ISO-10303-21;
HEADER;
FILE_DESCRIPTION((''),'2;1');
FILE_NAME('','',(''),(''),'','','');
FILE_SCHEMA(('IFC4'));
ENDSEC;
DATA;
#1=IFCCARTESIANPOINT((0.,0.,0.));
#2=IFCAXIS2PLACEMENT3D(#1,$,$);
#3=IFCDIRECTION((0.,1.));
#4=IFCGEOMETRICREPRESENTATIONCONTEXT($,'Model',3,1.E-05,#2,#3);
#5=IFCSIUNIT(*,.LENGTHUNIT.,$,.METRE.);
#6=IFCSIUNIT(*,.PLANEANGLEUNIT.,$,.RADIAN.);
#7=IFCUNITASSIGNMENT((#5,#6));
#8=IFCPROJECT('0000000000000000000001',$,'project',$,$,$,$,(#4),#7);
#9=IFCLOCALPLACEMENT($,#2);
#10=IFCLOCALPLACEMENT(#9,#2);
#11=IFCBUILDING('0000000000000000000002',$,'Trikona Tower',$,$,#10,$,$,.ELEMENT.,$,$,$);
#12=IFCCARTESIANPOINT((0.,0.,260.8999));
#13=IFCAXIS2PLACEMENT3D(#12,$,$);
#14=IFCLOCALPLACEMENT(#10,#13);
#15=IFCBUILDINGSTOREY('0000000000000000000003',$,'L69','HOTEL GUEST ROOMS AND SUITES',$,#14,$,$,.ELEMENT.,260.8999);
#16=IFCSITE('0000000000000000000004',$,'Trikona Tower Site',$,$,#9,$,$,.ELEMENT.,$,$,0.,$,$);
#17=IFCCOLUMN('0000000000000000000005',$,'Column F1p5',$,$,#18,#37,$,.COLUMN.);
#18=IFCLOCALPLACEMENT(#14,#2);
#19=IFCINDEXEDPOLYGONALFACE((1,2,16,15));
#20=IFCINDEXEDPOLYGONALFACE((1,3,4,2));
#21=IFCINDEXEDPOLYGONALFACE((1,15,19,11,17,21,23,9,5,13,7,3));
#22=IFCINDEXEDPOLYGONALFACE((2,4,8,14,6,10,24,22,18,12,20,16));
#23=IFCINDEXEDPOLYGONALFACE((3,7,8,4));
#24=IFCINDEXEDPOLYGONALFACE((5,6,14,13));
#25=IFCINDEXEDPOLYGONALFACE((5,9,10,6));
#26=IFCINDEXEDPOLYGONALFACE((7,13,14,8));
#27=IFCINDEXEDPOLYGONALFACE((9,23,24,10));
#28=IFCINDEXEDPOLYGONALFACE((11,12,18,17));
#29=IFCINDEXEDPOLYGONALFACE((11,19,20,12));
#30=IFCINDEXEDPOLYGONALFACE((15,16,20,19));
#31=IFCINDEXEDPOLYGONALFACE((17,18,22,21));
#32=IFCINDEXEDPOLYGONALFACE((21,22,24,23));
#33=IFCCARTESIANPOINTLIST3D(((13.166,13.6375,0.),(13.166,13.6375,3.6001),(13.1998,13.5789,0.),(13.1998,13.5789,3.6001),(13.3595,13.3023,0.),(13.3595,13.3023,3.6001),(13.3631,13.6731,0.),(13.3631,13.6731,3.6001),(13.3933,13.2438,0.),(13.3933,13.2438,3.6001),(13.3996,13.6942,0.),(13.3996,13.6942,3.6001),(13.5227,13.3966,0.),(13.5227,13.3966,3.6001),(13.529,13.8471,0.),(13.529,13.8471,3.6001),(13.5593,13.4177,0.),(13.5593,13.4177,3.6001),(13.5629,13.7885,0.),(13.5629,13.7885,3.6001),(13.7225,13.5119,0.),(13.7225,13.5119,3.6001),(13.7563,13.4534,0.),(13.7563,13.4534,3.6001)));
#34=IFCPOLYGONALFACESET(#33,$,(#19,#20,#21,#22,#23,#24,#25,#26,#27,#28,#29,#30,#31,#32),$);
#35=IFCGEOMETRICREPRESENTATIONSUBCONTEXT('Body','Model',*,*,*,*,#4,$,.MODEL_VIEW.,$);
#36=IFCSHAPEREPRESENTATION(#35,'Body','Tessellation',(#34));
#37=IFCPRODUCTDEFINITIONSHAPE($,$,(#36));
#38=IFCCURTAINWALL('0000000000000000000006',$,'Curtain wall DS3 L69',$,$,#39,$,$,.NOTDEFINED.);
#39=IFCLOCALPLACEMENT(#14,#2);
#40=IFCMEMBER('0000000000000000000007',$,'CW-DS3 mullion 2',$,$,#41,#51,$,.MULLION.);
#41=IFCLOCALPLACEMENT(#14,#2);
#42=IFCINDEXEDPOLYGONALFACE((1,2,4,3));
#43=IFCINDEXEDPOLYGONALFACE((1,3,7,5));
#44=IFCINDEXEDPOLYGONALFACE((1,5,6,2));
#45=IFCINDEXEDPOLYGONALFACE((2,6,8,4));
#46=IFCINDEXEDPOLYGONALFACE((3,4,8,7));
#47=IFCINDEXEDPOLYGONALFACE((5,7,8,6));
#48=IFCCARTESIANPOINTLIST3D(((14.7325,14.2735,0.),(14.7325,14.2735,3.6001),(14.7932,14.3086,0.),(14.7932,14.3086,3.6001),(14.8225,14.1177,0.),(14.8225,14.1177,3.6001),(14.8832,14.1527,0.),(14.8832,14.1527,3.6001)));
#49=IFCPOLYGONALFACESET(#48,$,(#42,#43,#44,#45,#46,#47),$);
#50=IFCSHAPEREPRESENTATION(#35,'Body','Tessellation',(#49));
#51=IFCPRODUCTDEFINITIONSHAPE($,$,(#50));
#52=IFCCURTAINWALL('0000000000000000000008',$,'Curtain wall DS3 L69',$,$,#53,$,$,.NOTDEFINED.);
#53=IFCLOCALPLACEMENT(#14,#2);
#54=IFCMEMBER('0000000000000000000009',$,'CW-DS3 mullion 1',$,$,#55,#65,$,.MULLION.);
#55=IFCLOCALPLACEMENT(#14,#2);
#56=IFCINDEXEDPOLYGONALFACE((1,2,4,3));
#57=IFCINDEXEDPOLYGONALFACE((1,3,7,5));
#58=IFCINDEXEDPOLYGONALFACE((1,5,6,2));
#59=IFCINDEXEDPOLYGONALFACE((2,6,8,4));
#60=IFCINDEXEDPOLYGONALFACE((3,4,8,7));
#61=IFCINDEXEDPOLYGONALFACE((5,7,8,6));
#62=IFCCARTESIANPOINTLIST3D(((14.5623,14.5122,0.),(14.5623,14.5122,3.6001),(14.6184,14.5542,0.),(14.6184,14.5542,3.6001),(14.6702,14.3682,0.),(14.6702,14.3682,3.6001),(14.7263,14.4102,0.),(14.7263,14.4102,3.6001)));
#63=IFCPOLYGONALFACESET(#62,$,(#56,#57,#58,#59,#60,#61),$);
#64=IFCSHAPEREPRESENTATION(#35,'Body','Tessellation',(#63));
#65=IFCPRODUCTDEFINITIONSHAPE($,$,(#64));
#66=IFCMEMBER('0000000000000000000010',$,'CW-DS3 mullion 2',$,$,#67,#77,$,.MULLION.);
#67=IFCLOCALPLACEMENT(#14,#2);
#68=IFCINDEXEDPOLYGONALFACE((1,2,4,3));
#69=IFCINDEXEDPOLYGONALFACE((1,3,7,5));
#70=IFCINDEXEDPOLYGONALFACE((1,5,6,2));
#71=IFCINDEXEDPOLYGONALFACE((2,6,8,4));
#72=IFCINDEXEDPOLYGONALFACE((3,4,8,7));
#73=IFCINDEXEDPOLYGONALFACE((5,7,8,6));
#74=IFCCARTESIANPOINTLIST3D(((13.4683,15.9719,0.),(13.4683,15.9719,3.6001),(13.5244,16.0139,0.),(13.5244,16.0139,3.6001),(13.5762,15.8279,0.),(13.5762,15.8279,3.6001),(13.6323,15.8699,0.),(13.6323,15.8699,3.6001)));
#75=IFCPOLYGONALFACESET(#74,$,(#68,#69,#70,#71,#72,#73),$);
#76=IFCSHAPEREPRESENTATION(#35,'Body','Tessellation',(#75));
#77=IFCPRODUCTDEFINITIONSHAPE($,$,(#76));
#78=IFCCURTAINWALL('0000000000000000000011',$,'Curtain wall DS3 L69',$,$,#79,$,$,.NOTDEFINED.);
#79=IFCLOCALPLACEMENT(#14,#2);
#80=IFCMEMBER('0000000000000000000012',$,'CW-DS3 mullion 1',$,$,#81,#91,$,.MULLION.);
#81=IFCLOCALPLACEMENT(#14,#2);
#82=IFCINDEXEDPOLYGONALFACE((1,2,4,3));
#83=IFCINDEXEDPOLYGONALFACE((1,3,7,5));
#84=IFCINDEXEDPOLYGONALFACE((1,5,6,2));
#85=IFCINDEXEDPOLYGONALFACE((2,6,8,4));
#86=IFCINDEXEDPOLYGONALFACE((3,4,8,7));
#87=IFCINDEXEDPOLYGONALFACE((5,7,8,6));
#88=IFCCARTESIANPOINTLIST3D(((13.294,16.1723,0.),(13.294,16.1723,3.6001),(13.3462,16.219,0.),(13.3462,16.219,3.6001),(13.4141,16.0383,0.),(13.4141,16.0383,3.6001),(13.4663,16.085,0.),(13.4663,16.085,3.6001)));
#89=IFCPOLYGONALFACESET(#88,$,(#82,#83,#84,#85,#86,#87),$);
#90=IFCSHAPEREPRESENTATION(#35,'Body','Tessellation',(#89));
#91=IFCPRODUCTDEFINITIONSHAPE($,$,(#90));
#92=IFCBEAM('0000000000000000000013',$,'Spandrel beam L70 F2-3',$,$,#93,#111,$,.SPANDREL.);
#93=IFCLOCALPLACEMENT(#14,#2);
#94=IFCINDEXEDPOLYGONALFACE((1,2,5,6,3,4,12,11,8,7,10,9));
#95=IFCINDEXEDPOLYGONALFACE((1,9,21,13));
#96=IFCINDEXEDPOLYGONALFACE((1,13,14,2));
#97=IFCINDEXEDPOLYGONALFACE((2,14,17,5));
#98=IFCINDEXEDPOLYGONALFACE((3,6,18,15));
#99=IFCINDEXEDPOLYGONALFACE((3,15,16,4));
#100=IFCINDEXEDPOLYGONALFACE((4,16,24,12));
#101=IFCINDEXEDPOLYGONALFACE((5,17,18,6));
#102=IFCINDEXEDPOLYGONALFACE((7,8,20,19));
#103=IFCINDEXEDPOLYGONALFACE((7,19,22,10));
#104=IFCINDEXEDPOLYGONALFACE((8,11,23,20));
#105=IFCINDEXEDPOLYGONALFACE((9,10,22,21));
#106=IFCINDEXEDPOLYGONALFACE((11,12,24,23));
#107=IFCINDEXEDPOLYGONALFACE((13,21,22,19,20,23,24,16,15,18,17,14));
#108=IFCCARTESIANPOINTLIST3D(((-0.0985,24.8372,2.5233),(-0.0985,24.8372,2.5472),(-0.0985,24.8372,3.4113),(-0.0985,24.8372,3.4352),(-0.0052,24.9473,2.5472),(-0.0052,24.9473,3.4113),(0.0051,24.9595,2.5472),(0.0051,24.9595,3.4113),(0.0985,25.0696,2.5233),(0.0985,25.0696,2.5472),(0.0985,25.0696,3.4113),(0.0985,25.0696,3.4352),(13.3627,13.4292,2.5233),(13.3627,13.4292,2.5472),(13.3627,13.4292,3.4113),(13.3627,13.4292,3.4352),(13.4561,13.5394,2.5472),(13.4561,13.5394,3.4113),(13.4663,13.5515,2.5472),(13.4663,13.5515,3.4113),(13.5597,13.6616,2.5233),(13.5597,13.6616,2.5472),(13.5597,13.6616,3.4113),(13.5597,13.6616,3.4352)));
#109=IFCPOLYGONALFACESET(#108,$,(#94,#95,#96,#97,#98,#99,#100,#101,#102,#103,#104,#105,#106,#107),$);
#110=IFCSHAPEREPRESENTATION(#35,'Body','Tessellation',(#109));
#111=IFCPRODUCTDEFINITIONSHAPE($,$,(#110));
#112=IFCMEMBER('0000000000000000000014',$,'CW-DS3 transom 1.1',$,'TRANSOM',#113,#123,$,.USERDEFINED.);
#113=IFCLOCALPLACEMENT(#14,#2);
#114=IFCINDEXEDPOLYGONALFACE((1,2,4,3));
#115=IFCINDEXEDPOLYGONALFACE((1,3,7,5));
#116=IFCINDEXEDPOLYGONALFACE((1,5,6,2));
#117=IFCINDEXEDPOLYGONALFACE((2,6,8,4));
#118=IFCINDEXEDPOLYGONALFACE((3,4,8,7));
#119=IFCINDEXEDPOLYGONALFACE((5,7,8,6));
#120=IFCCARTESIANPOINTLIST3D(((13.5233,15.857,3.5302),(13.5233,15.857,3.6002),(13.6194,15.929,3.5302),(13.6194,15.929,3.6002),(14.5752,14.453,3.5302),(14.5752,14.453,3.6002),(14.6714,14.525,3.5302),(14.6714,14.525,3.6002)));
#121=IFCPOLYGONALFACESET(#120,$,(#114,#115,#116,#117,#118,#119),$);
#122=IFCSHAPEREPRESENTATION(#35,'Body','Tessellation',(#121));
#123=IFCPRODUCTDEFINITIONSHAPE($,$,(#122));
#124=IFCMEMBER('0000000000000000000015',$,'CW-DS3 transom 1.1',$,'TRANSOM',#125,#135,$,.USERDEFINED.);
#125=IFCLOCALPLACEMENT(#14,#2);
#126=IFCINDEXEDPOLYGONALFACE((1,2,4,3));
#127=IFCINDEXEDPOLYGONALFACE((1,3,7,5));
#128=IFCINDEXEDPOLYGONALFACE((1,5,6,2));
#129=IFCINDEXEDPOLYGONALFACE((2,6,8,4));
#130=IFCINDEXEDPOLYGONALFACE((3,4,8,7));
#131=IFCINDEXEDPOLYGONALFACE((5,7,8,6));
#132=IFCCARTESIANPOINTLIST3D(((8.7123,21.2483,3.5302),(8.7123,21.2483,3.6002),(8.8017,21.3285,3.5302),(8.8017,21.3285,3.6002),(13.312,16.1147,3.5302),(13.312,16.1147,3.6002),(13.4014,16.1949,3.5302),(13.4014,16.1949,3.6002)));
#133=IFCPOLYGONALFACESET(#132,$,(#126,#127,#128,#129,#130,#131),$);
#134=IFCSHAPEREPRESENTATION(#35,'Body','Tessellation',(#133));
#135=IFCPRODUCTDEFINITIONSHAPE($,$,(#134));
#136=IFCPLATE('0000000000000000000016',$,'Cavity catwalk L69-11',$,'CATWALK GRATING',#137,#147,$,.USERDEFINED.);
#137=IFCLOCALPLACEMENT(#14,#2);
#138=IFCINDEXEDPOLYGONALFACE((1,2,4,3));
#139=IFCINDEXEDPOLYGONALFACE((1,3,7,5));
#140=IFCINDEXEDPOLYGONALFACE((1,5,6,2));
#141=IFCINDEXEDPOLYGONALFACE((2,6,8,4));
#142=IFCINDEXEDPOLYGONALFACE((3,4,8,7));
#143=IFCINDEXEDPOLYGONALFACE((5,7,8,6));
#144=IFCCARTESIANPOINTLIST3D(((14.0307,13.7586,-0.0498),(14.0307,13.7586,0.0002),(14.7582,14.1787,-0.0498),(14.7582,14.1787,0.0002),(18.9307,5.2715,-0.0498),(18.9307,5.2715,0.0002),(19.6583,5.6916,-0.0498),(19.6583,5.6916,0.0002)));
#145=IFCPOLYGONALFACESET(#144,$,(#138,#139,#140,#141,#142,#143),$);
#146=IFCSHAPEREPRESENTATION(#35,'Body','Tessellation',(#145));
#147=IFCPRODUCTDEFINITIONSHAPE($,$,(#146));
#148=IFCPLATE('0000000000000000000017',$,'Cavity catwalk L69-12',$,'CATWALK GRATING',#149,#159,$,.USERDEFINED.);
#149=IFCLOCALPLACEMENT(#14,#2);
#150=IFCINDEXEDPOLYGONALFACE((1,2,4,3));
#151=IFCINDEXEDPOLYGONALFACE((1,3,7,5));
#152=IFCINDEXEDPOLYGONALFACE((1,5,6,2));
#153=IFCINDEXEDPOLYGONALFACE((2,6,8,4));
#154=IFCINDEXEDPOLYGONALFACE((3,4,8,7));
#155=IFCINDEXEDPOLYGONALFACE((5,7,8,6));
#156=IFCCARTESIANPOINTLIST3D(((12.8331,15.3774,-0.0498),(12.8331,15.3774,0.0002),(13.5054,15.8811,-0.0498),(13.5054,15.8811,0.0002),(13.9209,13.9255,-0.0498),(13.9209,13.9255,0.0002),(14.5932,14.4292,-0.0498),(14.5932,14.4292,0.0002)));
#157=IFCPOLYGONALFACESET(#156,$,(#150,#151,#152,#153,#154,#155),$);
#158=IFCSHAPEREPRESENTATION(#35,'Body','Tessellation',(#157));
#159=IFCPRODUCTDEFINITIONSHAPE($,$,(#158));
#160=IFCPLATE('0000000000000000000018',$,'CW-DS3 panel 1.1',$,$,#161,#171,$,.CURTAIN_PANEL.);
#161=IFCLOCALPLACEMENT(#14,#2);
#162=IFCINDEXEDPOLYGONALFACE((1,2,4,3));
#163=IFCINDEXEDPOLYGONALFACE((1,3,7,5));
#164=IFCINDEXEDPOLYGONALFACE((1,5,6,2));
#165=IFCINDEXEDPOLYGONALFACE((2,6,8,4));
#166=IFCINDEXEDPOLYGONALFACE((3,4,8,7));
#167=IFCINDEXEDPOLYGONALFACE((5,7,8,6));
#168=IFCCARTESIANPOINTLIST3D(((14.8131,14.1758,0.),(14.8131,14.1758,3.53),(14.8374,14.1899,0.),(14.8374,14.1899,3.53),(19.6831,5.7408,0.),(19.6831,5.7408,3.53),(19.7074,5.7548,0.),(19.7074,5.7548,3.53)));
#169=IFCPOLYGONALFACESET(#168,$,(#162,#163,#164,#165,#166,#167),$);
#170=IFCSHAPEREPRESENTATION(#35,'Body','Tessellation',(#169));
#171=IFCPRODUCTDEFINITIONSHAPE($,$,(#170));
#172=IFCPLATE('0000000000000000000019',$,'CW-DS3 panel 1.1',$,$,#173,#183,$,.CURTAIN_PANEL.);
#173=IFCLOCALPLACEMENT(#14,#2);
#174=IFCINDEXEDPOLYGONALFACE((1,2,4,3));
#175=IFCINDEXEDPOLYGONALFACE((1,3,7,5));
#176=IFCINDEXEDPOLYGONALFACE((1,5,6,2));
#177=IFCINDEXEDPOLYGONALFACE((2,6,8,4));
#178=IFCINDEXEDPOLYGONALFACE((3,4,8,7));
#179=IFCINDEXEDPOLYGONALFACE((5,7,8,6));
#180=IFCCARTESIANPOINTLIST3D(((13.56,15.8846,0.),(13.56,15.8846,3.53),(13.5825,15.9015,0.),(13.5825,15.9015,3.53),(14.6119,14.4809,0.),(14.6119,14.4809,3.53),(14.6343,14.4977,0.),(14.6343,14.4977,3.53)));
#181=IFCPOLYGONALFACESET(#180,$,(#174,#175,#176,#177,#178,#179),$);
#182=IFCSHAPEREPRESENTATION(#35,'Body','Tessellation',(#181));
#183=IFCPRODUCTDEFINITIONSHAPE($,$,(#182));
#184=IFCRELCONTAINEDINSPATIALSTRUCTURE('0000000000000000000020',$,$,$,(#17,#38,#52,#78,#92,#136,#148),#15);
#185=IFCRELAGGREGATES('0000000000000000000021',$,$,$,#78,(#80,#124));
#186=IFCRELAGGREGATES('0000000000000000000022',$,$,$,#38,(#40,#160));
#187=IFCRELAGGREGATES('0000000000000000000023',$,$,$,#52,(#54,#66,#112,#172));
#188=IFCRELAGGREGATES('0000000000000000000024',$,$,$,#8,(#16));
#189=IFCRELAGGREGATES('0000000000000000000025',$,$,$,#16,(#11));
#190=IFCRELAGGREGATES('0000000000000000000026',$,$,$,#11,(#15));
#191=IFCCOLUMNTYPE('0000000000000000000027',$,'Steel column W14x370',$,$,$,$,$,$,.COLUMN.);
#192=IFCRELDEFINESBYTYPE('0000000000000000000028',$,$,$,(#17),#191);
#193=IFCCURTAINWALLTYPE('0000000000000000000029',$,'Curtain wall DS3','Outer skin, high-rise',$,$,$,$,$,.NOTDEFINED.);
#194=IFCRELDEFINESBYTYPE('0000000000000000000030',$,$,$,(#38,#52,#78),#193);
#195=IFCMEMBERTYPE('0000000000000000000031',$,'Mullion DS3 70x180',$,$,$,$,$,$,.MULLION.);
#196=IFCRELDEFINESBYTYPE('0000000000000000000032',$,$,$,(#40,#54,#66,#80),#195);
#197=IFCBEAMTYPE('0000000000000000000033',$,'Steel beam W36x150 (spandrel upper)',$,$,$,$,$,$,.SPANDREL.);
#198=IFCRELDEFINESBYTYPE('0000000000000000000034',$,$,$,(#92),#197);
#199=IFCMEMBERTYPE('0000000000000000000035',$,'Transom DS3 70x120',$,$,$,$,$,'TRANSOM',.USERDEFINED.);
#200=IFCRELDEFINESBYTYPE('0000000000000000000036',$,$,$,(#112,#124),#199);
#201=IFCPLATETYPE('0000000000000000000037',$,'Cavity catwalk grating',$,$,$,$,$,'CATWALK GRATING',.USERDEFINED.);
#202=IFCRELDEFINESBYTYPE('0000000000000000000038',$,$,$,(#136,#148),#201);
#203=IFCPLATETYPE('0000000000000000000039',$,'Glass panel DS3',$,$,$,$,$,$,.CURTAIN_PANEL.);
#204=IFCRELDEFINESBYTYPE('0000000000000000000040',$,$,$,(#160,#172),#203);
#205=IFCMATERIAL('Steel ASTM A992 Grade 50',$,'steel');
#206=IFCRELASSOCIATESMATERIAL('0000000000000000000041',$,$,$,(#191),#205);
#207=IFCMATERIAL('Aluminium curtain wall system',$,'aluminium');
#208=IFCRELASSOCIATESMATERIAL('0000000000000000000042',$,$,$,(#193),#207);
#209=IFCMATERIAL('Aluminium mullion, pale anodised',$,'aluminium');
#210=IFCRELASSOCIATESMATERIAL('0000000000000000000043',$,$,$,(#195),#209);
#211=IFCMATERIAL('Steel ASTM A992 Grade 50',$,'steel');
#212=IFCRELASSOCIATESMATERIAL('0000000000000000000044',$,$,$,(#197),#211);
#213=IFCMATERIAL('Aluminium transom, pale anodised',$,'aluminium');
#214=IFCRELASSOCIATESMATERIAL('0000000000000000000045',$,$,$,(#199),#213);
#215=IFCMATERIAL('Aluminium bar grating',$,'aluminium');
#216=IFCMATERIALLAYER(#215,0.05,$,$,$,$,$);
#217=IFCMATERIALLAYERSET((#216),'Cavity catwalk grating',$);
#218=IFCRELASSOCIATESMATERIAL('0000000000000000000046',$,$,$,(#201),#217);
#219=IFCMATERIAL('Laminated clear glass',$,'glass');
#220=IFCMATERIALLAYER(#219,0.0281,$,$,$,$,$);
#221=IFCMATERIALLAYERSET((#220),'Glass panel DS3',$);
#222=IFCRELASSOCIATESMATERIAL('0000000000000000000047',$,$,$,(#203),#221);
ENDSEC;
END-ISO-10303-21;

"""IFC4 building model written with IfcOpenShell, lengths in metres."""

from ifc_helpers import new_model, si_unit, direction, frame, origin, origin_2d, place, context, subcontext, project, spatial, rectangle, i_section, extrude, material, layer, layer_set, material_profile, profile_set, type_object, element, aggregate, save


model = new_model("IFC4")

# Units and contexts
model_context = context("Model", 3, precision=1e-05, world=origin(), true_north=direction((0.0, 1.0)))
body_context = subcontext(model_context, "Body", "Model", "MODEL_VIEW")
ifc_project = project(units=[si_unit("LENGTHUNIT", "METRE"), si_unit("PLANEANGLEUNIT", "RADIAN")], contexts=[model_context])

# Site, building, storey
site_placement = place(None, origin())
site = spatial("IfcSite", under=ifc_project, at=site_placement, Name="Trikona Tower Site", CompositionType="ELEMENT", RefElevation=0.0)
building_placement = place(site_placement, origin())
building = spatial("IfcBuilding", under=site, at=building_placement, Name="Trikona Tower", CompositionType="ELEMENT")
storey_placement = place(building_placement, frame((0.0, 0.0, 260.8999)))
storey = spatial("IfcBuildingStorey", under=building, at=storey_placement, Name="L69", Description="HOTEL GUEST ROOMS AND SUITES", CompositionType="ELEMENT", Elevation=260.8999)

# Column
ifc_material_1 = material(Name="Steel ASTM A992 Grade 50", Category="steel")
ifc_material_profile_1 = material_profile(ifc_material_1, i_section(OverallWidth=0.4192, OverallDepth=0.4546, WebThickness=0.0422, FlangeThickness=0.0676, at=origin_2d()), Name="W14X370")
ifc_profile_set_1 = profile_set([ifc_material_profile_1], Name="Steel ASTM A992 Grade 50")
column_type = type_object("IfcColumnType", Name="Steel column W14x370", PredefinedType="COLUMN", material=ifc_profile_set_1)
column_placement = place(storey_placement, frame((13.4612, 13.5454, 0.0), z_axis=(0.0, 0.0, 1.0), x_axis=(0.866025, 0.5, 0.0)))
element("IfcColumn", 1, at=column_placement, inside=storey, type_object=column_type, Name="Column F1p5", PredefinedType="COLUMN", context=body_context, shape_type="SweptSolid", body=[
    extrude(i_section(OverallWidth=0.4192, OverallDepth=0.4546, WebThickness=0.0422, FlangeThickness=0.0676, at=origin_2d()), origin(), (0.0, 0.0, 1.0), 3.6001),
])

# Curtain wall, member
ifc_material_2 = material(Name="Aluminium curtain wall system", Category="aluminium")
curtain_wall_type = type_object("IfcCurtainWallType", Name="Curtain wall DS3", Description="Outer skin, high-rise", PredefinedType="NOTDEFINED", material=ifc_material_2)
curtain_wall_1_placement = place(storey_placement, origin())
curtain_wall_1 = element("IfcCurtainWall", 2, at=curtain_wall_1_placement, inside=storey, type_object=curtain_wall_type, Name="Curtain wall DS3 L69", PredefinedType="NOTDEFINED")
ifc_material_3 = material(Name="Aluminium mullion, pale anodised", Category="aluminium")
ifc_material_profile_2 = material_profile(ifc_material_3, rectangle(XDim=0.0701, YDim=0.1799, at=origin_2d()), Name="MUL-DS3")
ifc_profile_set_2 = profile_set([ifc_material_profile_2], Name="Aluminium mullion, pale anodised")
member_type_1 = type_object("IfcMemberType", Name="Mullion DS3 70x180", PredefinedType="MULLION", material=ifc_profile_set_2)
member_1_placement = place(storey_placement, frame((14.8079, 14.2131, 0.0), z_axis=(0.0, 0.0, 1.0), x_axis=(-0.866025, -0.500001, 0.0)))
member_1 = element("IfcMember", 3, at=member_1_placement, type_object=member_type_1, Name="CW-DS3 mullion 2", PredefinedType="MULLION", context=body_context, shape_type="SweptSolid", body=[
    extrude(rectangle(XDim=0.0701, YDim=0.1799, at=origin_2d()), origin(), (0.0, 0.0, 1.0), 3.6001),
])

# Curtain wall, members
curtain_wall_2_placement = place(storey_placement, origin())
curtain_wall_2 = element("IfcCurtainWall", 4, at=curtain_wall_2_placement, inside=storey, type_object=curtain_wall_type, Name="Curtain wall DS3 L69", PredefinedType="NOTDEFINED")
member_2_placement = place(storey_placement, frame((14.6443, 14.4612, 0.0), z_axis=(0.0, 0.0, 1.0), x_axis=(-0.80026, -0.599654, 0.0)))
member_2 = element("IfcMember", 5, at=member_2_placement, type_object=member_type_1, Name="CW-DS3 mullion 1", PredefinedType="MULLION", context=body_context, shape_type="SweptSolid", body=[
    extrude(rectangle(XDim=0.0701, YDim=0.1799, at=origin_2d()), origin(), (0.0, 0.0, 1.0), 3.6001),
])
member_3_placement = place(storey_placement, frame((13.5503, 15.9209, 0.0), z_axis=(0.0, 0.0, 1.0), x_axis=(-0.80026, -0.599654, 0.0)))
member_3 = element("IfcMember", 6, at=member_3_placement, type_object=member_type_1, Name="CW-DS3 mullion 2", PredefinedType="MULLION", context=body_context, shape_type="SweptSolid", body=[
    extrude(rectangle(XDim=0.0701, YDim=0.1799, at=origin_2d()), origin(), (0.0, 0.0, 1.0), 3.6001),
])

# Curtain wall, member
curtain_wall_3_placement = place(storey_placement, origin())
curtain_wall_3 = element("IfcCurtainWall", 7, at=curtain_wall_3_placement, inside=storey, type_object=curtain_wall_type, Name="Curtain wall DS3 L69", PredefinedType="NOTDEFINED")
member_4_placement = place(storey_placement, frame((13.3801, 16.1287, 0.0), z_axis=(0.0, 0.0, 1.0), x_axis=(-0.744771, -0.66732, 0.0)))
member_4 = element("IfcMember", 8, at=member_4_placement, type_object=member_type_1, Name="CW-DS3 mullion 1", PredefinedType="MULLION", context=body_context, shape_type="SweptSolid", body=[
    extrude(rectangle(XDim=0.0701, YDim=0.1799, at=origin_2d()), origin(), (0.0, 0.0, 1.0), 3.6001),
])

# Beam
ifc_material_4 = material(Name="Steel ASTM A992 Grade 50", Category="steel")
ifc_material_profile_3 = material_profile(ifc_material_4, i_section(OverallWidth=0.3047, OverallDepth=0.9119, WebThickness=0.0159, FlangeThickness=0.0239, at=origin_2d()), Name="W36X150")
ifc_profile_set_3 = profile_set([ifc_material_profile_3], Name="Steel ASTM A992 Grade 50")
beam_type = type_object("IfcBeamType", Name="Steel beam W36x150 (spandrel upper)", PredefinedType="SPANDREL", material=ifc_profile_set_3)
beam_placement = place(storey_placement, frame((13.4612, 13.5454, 2.9792), z_axis=(-0.762891, 0.646528, 0.0), x_axis=(-0.646528, -0.762891, 0.0)))
element("IfcBeam", 9, at=beam_placement, inside=storey, type_object=beam_type, Name="Spandrel beam L70 F2-3", PredefinedType="SPANDREL", context=body_context, shape_type="SweptSolid", body=[
    extrude(i_section(OverallWidth=0.3047, OverallDepth=0.9119, WebThickness=0.0159, FlangeThickness=0.0239, at=origin_2d()), origin(), (0.0, 0.0, 1.0), 17.645),
])

# Members
ifc_material_5 = material(Name="Aluminium transom, pale anodised", Category="aluminium")
ifc_material_profile_4 = material_profile(ifc_material_5, rectangle(XDim=0.1201, YDim=0.0701, at=origin_2d()), Name="TRN-DS3")
ifc_profile_set_4 = profile_set([ifc_material_profile_4], Name="Aluminium transom, pale anodised")
member_type_2 = type_object("IfcMemberType", Name="Transom DS3 70x120", ElementType="TRANSOM", PredefinedType="USERDEFINED", material=ifc_profile_set_4)
member_5_placement = place(storey_placement, frame((14.6233, 14.489, 3.5652), z_axis=(-0.599621, 0.800284, 0.0), x_axis=(-0.800284, -0.599621, 0.0)))
member_5 = element("IfcMember", 10, at=member_5_placement, type_object=member_type_2, Name="CW-DS3 transom 1.1", ObjectType="TRANSOM", PredefinedType="USERDEFINED", context=body_context, shape_type="SweptSolid", body=[
    extrude(rectangle(XDim=0.1201, YDim=0.0701, at=origin_2d()), origin(), (0.0, 0.0, 1.0), 1.7544),
])
member_6_placement = place(storey_placement, frame((13.3567, 16.1548, 3.5652), z_axis=(-0.667313, 0.744777, 0.0), x_axis=(-0.744777, -0.667313, 0.0)))
member_6 = element("IfcMember", 11, at=member_6_placement, type_object=member_type_2, Name="CW-DS3 transom 1.1", ObjectType="TRANSOM", PredefinedType="USERDEFINED", context=body_context, shape_type="SweptSolid", body=[
    extrude(rectangle(XDim=0.1201, YDim=0.0701, at=origin_2d()), origin(), (0.0, 0.0, 1.0), 6.8928),
])
aggregate(curtain_wall_3, [member_4, member_6])

# Plates
ifc_material_6 = material(Name="Aluminium bar grating", Category="aluminium")
ifc_layer_1 = layer(ifc_material_6, 0.05)
ifc_layer_set_1 = layer_set([ifc_layer_1], Name="Cavity catwalk grating")
plate_type_1 = type_object("IfcPlateType", Name="Cavity catwalk grating", ElementType="CATWALK GRATING", PredefinedType="USERDEFINED", material=ifc_layer_set_1)
plate_1_placement = place(storey_placement, frame((16.8445, 9.7251, -0.0498), z_axis=(0.0, 0.0, 1.0), x_axis=(-0.499998, 0.866026, 0.0)))
element("IfcPlate", 12, at=plate_1_placement, inside=storey, type_object=plate_type_1, Name="Cavity catwalk L69-11", ObjectType="CATWALK GRATING", PredefinedType="USERDEFINED", context=body_context, shape_type="SweptSolid", body=[
    extrude(rectangle(XDim=9.8, YDim=0.8401, at=origin_2d()), origin(), (0.0, 0.0, 1.0), 0.05),
])
plate_2_placement = place(storey_placement, frame((13.7131, 14.9033, -0.0498), z_axis=(0.0, 0.0, 1.0), x_axis=(-0.599619, 0.800286, 0.0)))
element("IfcPlate", 13, at=plate_2_placement, inside=storey, type_object=plate_type_1, Name="Cavity catwalk L69-12", ObjectType="CATWALK GRATING", PredefinedType="USERDEFINED", context=body_context, shape_type="SweptSolid", body=[
    extrude(rectangle(XDim=1.8142, YDim=0.8401, at=origin_2d()), origin(), (0.0, 0.0, 1.0), 0.05),
])

# Plates
ifc_material_7 = material(Name="Laminated clear glass", Category="glass")
ifc_layer_2 = layer(ifc_material_7, 0.0281)
ifc_layer_set_2 = layer_set([ifc_layer_2], Name="Glass panel DS3")
plate_type_2 = type_object("IfcPlateType", Name="Glass panel DS3", PredefinedType="CURTAIN_PANEL", material=ifc_layer_set_2)
plate_3_placement = place(storey_placement, frame((17.2603, 9.9653, 0.0), z_axis=(0.0, 0.0, 1.0), x_axis=(-0.500001, 0.866025, 0.0)))
plate_3 = element("IfcPlate", 14, at=plate_3_placement, type_object=plate_type_2, Name="CW-DS3 panel 1.1", PredefinedType="CURTAIN_PANEL", context=body_context, shape_type="SweptSolid", body=[
    extrude(rectangle(XDim=9.74, YDim=0.0281, at=origin_2d()), origin(), (0.0, 0.0, 1.0), 3.53),
])
aggregate(curtain_wall_1, [member_1, plate_3])
plate_4_placement = place(storey_placement, frame((14.0972, 15.1912, 0.0), z_axis=(0.0, 0.0, 1.0), x_axis=(-0.599654, 0.80026, 0.0)))
plate_4 = element("IfcPlate", 15, at=plate_4_placement, type_object=plate_type_2, Name="CW-DS3 panel 1.1", PredefinedType="CURTAIN_PANEL", context=body_context, shape_type="SweptSolid", body=[
    extrude(rectangle(XDim=1.7542, YDim=0.0281, at=origin_2d()), origin(), (0.0, 0.0, 1.0), 3.53),
])
aggregate(curtain_wall_2, [member_2, member_3, member_5, plate_4])

save(model, "model.ifc")
